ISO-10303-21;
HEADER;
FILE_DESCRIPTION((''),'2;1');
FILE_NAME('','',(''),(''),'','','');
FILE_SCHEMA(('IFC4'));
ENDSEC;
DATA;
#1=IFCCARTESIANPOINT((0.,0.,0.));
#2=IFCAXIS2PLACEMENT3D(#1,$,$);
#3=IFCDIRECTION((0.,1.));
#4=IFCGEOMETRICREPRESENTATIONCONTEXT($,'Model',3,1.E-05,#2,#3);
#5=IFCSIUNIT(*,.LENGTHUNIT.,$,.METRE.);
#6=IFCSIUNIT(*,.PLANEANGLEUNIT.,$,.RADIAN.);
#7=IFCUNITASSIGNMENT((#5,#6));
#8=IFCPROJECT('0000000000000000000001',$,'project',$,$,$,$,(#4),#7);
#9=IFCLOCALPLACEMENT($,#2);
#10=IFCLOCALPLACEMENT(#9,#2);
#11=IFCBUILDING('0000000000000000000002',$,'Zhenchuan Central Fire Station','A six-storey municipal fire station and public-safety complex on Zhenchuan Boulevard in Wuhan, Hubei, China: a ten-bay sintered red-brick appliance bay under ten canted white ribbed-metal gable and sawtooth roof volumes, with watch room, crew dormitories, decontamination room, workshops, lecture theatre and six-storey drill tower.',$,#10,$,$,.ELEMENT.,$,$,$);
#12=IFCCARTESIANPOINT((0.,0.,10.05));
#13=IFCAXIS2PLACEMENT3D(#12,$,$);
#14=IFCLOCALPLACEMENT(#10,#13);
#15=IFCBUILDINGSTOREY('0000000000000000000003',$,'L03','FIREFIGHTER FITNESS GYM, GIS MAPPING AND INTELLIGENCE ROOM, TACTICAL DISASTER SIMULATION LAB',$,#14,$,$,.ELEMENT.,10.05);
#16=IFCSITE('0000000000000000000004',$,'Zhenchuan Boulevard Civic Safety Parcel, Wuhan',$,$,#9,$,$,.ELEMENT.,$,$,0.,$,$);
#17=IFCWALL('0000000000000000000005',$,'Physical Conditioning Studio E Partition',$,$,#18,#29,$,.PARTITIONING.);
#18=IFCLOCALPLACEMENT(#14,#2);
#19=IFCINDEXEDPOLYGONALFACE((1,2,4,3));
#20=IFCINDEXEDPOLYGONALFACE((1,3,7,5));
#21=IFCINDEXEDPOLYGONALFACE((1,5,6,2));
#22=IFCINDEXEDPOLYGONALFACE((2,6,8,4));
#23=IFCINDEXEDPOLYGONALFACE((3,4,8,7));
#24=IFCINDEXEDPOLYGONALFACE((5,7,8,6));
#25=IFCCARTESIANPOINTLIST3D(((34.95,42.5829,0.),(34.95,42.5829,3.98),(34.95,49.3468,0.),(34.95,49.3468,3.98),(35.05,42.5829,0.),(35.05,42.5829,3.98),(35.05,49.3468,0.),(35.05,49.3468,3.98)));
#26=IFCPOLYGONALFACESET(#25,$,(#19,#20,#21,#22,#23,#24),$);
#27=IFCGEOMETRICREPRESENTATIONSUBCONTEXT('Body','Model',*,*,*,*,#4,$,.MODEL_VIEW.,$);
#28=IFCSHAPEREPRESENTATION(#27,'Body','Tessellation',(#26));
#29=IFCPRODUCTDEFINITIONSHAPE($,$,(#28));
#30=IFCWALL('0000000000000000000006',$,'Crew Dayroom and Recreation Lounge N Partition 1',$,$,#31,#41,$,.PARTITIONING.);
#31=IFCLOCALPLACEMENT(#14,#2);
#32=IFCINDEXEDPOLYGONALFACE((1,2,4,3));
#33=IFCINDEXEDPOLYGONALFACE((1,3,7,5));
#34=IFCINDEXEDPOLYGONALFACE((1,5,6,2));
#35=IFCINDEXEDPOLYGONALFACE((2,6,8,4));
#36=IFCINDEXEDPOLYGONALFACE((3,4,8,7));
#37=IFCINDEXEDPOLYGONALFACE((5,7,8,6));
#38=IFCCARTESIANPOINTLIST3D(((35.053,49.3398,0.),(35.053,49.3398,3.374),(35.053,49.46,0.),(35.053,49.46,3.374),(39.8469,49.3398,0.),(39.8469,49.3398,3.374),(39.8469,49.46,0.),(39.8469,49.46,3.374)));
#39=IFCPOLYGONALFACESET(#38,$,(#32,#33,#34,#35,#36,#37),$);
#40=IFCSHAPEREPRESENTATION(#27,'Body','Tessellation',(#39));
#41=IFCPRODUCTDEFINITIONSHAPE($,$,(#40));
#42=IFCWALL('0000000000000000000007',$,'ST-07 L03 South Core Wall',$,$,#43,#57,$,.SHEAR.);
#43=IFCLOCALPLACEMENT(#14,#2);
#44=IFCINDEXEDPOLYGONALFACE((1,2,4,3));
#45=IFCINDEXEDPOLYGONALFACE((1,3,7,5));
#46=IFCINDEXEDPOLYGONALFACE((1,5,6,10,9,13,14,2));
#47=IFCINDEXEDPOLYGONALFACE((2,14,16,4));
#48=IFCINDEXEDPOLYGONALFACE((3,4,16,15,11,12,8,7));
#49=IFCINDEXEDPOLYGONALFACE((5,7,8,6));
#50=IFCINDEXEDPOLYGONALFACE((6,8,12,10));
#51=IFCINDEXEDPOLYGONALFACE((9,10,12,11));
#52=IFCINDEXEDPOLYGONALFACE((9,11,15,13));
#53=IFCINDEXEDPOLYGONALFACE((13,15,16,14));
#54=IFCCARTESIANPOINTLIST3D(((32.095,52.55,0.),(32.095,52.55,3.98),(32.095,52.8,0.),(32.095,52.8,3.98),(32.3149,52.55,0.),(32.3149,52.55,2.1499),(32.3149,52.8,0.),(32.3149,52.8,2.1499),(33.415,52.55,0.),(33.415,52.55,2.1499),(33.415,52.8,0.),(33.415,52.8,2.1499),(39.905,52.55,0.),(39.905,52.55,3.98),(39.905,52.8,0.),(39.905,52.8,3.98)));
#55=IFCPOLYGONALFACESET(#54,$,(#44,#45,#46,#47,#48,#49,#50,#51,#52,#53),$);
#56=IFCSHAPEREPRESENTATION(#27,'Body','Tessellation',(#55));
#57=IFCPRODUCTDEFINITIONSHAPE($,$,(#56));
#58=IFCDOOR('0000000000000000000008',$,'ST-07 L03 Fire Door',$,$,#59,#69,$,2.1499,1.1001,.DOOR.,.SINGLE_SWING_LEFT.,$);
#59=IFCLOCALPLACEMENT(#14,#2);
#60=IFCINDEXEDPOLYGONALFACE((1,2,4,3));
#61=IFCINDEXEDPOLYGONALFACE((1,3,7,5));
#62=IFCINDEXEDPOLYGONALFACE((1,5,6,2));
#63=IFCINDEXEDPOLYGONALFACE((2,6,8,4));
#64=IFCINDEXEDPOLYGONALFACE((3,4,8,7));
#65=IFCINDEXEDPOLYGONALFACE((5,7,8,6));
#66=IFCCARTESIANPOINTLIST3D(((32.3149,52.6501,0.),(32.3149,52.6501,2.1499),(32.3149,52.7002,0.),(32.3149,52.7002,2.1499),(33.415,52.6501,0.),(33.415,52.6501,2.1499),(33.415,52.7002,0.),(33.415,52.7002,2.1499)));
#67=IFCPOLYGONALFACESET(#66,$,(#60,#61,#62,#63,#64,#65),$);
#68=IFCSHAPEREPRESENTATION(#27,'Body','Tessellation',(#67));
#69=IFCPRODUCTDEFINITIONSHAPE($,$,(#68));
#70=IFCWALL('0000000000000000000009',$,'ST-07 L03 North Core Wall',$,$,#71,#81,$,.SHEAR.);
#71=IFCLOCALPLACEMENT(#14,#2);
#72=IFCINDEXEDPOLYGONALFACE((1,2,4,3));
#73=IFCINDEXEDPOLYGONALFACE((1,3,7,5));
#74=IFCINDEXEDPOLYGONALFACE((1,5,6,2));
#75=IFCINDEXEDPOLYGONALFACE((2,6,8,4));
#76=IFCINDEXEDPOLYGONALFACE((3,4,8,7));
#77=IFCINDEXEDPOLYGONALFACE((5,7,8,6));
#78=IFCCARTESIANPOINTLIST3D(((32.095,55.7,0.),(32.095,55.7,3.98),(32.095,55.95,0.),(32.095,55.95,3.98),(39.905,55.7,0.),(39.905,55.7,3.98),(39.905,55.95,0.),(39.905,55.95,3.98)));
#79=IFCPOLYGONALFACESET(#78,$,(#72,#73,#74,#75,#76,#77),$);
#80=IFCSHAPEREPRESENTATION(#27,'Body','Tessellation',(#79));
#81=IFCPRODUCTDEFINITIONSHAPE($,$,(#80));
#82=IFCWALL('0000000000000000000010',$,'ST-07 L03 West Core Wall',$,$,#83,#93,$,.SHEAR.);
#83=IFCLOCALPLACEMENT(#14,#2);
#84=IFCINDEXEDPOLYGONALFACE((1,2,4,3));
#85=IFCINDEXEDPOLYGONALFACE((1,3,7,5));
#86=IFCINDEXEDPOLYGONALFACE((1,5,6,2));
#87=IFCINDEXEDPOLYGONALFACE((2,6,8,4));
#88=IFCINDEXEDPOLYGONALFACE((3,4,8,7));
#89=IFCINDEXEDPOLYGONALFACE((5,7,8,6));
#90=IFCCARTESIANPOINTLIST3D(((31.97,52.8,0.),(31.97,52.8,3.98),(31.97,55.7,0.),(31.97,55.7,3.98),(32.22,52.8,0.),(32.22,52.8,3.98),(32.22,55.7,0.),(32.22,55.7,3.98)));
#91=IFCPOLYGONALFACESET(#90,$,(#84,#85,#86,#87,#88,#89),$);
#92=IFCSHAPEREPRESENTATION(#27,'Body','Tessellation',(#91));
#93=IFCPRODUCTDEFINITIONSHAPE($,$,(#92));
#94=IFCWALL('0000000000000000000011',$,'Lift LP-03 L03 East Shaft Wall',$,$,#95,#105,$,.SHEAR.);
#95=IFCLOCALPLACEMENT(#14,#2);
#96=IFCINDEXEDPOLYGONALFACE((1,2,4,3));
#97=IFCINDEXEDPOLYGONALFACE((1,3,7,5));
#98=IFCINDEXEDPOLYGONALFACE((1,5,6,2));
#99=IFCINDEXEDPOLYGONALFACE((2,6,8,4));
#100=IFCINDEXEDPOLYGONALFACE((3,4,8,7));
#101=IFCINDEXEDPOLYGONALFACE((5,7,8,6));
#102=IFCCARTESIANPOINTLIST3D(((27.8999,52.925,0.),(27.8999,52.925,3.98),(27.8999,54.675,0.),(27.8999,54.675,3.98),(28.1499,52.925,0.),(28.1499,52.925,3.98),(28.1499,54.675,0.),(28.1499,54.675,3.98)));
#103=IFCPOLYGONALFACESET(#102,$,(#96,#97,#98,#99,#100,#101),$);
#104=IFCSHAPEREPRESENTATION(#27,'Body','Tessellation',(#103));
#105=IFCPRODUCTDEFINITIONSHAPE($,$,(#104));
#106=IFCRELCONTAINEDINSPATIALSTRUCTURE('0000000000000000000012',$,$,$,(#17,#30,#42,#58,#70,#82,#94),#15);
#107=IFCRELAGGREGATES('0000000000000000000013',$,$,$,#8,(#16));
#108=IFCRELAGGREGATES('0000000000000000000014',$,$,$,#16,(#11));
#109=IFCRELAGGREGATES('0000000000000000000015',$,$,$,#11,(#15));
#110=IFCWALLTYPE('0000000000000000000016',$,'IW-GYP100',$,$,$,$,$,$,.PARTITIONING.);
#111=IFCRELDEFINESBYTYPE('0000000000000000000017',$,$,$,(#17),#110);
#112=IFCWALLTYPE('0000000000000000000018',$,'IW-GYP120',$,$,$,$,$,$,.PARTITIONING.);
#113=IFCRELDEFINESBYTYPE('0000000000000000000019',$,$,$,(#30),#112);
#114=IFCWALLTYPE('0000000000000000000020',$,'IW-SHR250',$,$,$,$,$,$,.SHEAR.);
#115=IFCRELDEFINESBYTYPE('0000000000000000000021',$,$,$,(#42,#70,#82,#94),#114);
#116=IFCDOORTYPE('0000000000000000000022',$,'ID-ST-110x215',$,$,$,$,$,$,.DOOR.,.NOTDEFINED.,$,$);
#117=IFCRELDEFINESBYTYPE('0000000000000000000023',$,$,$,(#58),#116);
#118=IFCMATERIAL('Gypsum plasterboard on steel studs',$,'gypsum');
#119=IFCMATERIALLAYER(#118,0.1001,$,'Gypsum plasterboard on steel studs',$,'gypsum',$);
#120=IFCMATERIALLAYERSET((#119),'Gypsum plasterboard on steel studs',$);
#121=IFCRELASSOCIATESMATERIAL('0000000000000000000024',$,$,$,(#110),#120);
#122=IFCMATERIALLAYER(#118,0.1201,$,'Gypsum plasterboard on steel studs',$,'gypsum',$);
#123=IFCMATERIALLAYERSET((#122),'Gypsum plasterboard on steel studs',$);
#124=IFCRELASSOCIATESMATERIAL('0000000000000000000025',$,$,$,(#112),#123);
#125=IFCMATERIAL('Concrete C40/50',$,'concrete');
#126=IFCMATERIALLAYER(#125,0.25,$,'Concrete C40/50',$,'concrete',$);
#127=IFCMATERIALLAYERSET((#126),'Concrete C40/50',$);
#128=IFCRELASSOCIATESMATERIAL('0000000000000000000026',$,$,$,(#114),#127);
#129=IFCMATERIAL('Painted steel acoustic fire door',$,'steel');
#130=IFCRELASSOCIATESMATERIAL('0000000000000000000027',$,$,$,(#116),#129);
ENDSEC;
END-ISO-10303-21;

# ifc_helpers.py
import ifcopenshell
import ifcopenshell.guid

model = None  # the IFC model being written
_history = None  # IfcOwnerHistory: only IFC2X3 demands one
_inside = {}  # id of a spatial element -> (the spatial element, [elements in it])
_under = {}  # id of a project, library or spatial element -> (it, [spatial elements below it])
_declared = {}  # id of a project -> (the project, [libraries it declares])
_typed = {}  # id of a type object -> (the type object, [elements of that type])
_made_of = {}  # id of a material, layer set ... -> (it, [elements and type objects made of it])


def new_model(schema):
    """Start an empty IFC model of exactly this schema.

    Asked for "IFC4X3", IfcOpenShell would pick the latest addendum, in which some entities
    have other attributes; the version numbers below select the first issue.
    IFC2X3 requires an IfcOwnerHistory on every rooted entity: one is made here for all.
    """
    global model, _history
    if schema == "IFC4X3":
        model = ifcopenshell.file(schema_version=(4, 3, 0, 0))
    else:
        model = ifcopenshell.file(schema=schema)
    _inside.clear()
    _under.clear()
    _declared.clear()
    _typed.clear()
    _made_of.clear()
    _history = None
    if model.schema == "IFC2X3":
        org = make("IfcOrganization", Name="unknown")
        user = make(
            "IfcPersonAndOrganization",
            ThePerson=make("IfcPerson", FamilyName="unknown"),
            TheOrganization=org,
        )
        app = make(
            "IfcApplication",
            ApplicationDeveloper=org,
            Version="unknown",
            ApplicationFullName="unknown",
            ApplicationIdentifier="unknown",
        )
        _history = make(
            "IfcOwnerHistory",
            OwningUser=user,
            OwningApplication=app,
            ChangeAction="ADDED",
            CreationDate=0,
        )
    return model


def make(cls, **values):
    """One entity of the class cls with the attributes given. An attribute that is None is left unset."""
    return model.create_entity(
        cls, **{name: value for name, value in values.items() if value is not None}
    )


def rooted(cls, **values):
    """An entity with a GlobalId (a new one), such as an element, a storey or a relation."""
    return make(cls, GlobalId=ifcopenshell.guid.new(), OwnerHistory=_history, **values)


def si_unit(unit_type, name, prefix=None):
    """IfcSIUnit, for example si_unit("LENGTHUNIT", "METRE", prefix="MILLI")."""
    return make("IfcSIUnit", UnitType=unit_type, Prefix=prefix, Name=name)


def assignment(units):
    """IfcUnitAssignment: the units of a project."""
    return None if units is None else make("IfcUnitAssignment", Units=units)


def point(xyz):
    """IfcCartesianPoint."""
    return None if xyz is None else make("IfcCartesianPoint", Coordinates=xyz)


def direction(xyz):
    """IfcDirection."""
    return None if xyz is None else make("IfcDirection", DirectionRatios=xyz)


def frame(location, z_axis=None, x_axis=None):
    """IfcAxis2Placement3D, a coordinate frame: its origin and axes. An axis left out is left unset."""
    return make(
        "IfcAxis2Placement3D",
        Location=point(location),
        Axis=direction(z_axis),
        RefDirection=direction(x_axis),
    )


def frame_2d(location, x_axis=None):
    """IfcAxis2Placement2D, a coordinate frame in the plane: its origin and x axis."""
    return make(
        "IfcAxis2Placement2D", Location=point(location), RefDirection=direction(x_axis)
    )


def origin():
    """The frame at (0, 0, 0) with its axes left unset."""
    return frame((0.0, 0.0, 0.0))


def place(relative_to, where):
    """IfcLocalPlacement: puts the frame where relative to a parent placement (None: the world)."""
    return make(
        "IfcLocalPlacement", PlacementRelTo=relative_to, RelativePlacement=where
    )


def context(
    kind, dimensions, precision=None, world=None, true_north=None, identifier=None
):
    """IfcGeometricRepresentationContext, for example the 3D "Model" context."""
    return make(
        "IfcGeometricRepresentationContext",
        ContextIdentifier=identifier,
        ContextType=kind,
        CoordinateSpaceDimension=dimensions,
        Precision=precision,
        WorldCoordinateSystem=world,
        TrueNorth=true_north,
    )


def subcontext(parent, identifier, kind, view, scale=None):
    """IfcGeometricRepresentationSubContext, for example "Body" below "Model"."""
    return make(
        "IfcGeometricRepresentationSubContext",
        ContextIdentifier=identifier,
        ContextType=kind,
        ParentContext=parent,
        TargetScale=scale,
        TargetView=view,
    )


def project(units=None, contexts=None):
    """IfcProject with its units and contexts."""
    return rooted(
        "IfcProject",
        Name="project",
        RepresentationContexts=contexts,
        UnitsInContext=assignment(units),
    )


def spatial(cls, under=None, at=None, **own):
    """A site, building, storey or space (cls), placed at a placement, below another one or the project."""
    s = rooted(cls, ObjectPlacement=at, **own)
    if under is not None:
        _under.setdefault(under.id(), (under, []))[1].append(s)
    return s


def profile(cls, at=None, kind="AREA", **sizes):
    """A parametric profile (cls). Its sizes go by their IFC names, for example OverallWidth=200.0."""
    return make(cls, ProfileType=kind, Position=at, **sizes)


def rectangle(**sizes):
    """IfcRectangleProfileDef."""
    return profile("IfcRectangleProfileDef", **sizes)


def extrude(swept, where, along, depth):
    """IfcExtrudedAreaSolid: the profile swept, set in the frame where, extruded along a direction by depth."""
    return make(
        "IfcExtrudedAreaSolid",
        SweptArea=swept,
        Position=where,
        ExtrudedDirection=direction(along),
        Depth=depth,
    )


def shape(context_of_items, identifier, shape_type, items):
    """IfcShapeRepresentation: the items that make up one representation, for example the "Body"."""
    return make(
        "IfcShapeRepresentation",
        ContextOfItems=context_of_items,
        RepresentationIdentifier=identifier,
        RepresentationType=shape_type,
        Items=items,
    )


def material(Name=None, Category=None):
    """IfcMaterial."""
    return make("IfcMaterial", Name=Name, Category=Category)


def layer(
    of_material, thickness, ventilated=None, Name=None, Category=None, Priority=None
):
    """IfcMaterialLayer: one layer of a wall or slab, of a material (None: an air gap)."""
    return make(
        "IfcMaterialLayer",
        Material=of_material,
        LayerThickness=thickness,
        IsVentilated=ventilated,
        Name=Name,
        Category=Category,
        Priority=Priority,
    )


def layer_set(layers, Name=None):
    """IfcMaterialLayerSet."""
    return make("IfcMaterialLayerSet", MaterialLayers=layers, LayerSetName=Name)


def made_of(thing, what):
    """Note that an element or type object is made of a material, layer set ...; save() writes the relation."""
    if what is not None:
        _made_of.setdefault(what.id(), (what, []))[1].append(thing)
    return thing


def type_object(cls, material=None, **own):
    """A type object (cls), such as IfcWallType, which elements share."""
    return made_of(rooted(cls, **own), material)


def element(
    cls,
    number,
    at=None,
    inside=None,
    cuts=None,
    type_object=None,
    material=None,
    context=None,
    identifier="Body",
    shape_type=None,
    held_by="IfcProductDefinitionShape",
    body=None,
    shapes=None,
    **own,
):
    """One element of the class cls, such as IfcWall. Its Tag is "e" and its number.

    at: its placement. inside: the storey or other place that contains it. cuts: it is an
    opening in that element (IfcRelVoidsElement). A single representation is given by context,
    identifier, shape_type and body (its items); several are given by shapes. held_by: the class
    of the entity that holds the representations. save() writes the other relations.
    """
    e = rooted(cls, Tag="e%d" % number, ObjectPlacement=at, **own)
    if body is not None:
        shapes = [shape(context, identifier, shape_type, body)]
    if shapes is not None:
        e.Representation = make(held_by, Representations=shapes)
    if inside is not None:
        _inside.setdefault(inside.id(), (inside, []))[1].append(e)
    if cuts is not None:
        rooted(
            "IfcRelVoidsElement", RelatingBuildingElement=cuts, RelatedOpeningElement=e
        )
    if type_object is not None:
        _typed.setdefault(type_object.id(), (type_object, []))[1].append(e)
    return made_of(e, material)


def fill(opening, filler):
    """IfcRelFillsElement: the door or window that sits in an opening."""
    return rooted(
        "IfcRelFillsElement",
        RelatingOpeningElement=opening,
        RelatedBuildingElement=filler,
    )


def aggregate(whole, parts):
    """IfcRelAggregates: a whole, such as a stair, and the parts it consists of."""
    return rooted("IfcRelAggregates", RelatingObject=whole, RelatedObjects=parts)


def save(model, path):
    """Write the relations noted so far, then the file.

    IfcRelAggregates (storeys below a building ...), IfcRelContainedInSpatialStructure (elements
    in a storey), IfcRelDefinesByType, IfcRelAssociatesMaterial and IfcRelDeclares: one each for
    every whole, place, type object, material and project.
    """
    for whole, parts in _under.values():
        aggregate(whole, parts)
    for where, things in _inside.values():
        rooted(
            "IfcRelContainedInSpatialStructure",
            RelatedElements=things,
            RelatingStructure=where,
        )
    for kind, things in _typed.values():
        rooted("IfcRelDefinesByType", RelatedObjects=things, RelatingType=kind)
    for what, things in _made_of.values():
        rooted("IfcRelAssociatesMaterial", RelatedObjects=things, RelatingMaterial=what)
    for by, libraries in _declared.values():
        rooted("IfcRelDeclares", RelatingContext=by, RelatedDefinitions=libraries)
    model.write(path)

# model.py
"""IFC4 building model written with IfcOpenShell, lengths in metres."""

from ifc_helpers import new_model, si_unit, direction, frame, frame_2d, origin, place, context, subcontext, project, spatial, rectangle, extrude, material, layer, layer_set, type_object, element, fill, save


model = new_model("IFC4")

# Units and contexts
model_context = context("Model", 3, precision=1e-05, world=origin(), true_north=direction((0.0, 1.0)))
body_context = subcontext(model_context, "Body", "Model", "MODEL_VIEW")
ifc_project = project(units=[si_unit("LENGTHUNIT", "METRE"), si_unit("PLANEANGLEUNIT", "RADIAN")], contexts=[model_context])

# Site, building, storey
site_placement = place(None, origin())
site = spatial("IfcSite", under=ifc_project, at=site_placement, Name="Zhenchuan Boulevard Civic Safety Parcel, Wuhan", CompositionType="ELEMENT", RefElevation=0.0)
building_placement = place(site_placement, origin())
building = spatial("IfcBuilding", under=site, at=building_placement, Name="Zhenchuan Central Fire Station", Description="A six-storey municipal fire station and public-safety complex on Zhenchuan Boulevard in Wuhan, Hubei, China: a ten-bay sintered red-brick appliance bay under ten canted white ribbed-metal gable and sawtooth roof volumes, with watch room, crew dormitories, decontamination room, workshops, lecture theatre and six-storey drill tower.", CompositionType="ELEMENT")
storey_placement = place(building_placement, frame((0.0, 0.0, 10.05)))
storey = spatial("IfcBuildingStorey", under=building, at=storey_placement, Name="L03", Description="FIREFIGHTER FITNESS GYM, GIS MAPPING AND INTELLIGENCE ROOM, TACTICAL DISASTER SIMULATION LAB", CompositionType="ELEMENT", Elevation=10.05)

# Walls
ifc_material_1 = material(Name="Gypsum plasterboard on steel studs", Category="gypsum")
ifc_layer_1 = layer(ifc_material_1, 0.1001, Name="Gypsum plasterboard on steel studs", Category="gypsum")
ifc_layer_set_1 = layer_set([ifc_layer_1], Name="Gypsum plasterboard on steel studs")
wall_type_1 = type_object("IfcWallType", Name="IW-GYP100", PredefinedType="PARTITIONING", material=ifc_layer_set_1)
wall_1_placement = place(storey_placement, frame((35.0, 42.583, 0.0), z_axis=(0.0, 0.0, 1.0), x_axis=(0.0, 1.0, 0.0)))
element("IfcWall", 1, at=wall_1_placement, inside=storey, type_object=wall_type_1, Name="Physical Conditioning Studio E Partition", PredefinedType="PARTITIONING", context=body_context, shape_type="SweptSolid", body=[
    extrude(rectangle(XDim=6.7639, YDim=0.1001, at=frame_2d((3.3818, 0.0))), origin(), (0.0, 0.0, 1.0), 3.98),
])
ifc_layer_2 = layer(ifc_material_1, 0.1201, Name="Gypsum plasterboard on steel studs", Category="gypsum")
ifc_layer_set_2 = layer_set([ifc_layer_2], Name="Gypsum plasterboard on steel studs")
wall_type_2 = type_object("IfcWallType", Name="IW-GYP120", PredefinedType="PARTITIONING", material=ifc_layer_set_2)
wall_2_placement = place(storey_placement, frame((35.053, 49.3999, 0.0), z_axis=(0.0, 0.0, 1.0), x_axis=(1.0, 0.0, 0.0)))
element("IfcWall", 2, at=wall_2_placement, inside=storey, type_object=wall_type_2, Name="Crew Dayroom and Recreation Lounge N Partition 1", PredefinedType="PARTITIONING", context=body_context, shape_type="SweptSolid", body=[
    extrude(rectangle(XDim=4.7939, YDim=0.1201, at=frame_2d((2.397, 0.0))), origin(), (0.0, 0.0, 1.0), 3.374),
])

# Wall, opening, door
ifc_material_2 = material(Name="Concrete C40/50", Category="concrete")
ifc_layer_3 = layer(ifc_material_2, 0.25, Name="Concrete C40/50", Category="concrete")
ifc_layer_set_3 = layer_set([ifc_layer_3], Name="Concrete C40/50")
wall_type_3 = type_object("IfcWallType", Name="IW-SHR250", PredefinedType="SHEAR", material=ifc_layer_set_3)
wall_3_placement = place(storey_placement, frame((32.095, 52.675, 0.0), z_axis=(0.0, 0.0, 1.0), x_axis=(1.0, 0.0, 0.0)))
wall_3 = element("IfcWall", 3, at=wall_3_placement, inside=storey, type_object=wall_type_3, Name="ST-07 L03 South Core Wall", PredefinedType="SHEAR", context=body_context, shape_type="SweptSolid", body=[
    extrude(rectangle(XDim=7.8101, YDim=0.25, at=frame_2d((3.905, 0.0))), origin(), (0.0, 0.0, 1.0), 3.98),
])
opening_1_placement = place(wall_3_placement, frame((0.22, 0.0, 0.0)))
opening_1 = element("IfcOpeningElement", 4, at=opening_1_placement, cuts=wall_3, PredefinedType="OPENING", context=body_context, shape_type="SweptSolid", body=[
    extrude(rectangle(XDim=1.1001, YDim=2.1499, at=frame_2d((0.55, 1.075))), frame((0.0, 0.135, 0.0), z_axis=(0.0, -1.0, 0.0), x_axis=(1.0, 0.0, 0.0)), (0.0, 0.0, 1.0), 0.27),
])
ifc_material_3 = material(Name="Painted steel acoustic fire door", Category="steel")
door_type = type_object("IfcDoorType", Name="ID-ST-110x215", OperationType="NOTDEFINED", PredefinedType="DOOR", material=ifc_material_3)
door_placement = place(opening_1_placement, frame((1.1001, 0.0, 0.0), z_axis=(0.0, 0.0, 1.0), x_axis=(-1.0, 0.0, 0.0)))
door = element("IfcDoor", 5, at=door_placement, inside=storey, type_object=door_type, Name="ST-07 L03 Fire Door", OperationType="SINGLE_SWING_LEFT", OverallHeight=2.1499, OverallWidth=1.1001, PredefinedType="DOOR", context=body_context, shape_type="SweptSolid", body=[
    extrude(rectangle(XDim=1.1001, YDim=2.1499, at=frame_2d((0.55, 1.075))), frame((0.0, 0.0249, 0.0), z_axis=(0.0, -1.0, 0.0), x_axis=(1.0, 0.0, 0.0)), (0.0, 0.0, 1.0), 0.05),
])
fill(opening_1, door)

# Walls
wall_4_placement = place(storey_placement, frame((32.095, 55.825, 0.0), z_axis=(0.0, 0.0, 1.0), x_axis=(1.0, 0.0, 0.0)))
element("IfcWall", 6, at=wall_4_placement, inside=storey, type_object=wall_type_3, Name="ST-07 L03 North Core Wall", PredefinedType="SHEAR", context=body_context, shape_type="SweptSolid", body=[
    extrude(rectangle(XDim=7.8101, YDim=0.25, at=frame_2d((3.905, 0.0))), origin(), (0.0, 0.0, 1.0), 3.98),
])
wall_5_placement = place(storey_placement, frame((32.095, 52.8, 0.0), z_axis=(0.0, 0.0, 1.0), x_axis=(0.0, 1.0, 0.0)))
element("IfcWall", 7, at=wall_5_placement, inside=storey, type_object=wall_type_3, Name="ST-07 L03 West Core Wall", PredefinedType="SHEAR", context=body_context, shape_type="SweptSolid", body=[
    extrude(rectangle(XDim=2.8999, YDim=0.25, at=frame_2d((1.45, 0.0))), origin(), (0.0, 0.0, 1.0), 3.98),
])
wall_6_placement = place(storey_placement, frame((28.0249, 52.925, 0.0), z_axis=(0.0, 0.0, 1.0), x_axis=(0.0, 1.0, 0.0)))
element("IfcWall", 8, at=wall_6_placement, inside=storey, type_object=wall_type_3, Name="Lift LP-03 L03 East Shaft Wall", PredefinedType="SHEAR", context=body_context, shape_type="SweptSolid", body=[
    extrude(rectangle(XDim=1.75, YDim=0.25, at=frame_2d((0.875, 0.0))), origin(), (0.0, 0.0, 1.0), 3.98),
])

save(model, "model.ifc")
